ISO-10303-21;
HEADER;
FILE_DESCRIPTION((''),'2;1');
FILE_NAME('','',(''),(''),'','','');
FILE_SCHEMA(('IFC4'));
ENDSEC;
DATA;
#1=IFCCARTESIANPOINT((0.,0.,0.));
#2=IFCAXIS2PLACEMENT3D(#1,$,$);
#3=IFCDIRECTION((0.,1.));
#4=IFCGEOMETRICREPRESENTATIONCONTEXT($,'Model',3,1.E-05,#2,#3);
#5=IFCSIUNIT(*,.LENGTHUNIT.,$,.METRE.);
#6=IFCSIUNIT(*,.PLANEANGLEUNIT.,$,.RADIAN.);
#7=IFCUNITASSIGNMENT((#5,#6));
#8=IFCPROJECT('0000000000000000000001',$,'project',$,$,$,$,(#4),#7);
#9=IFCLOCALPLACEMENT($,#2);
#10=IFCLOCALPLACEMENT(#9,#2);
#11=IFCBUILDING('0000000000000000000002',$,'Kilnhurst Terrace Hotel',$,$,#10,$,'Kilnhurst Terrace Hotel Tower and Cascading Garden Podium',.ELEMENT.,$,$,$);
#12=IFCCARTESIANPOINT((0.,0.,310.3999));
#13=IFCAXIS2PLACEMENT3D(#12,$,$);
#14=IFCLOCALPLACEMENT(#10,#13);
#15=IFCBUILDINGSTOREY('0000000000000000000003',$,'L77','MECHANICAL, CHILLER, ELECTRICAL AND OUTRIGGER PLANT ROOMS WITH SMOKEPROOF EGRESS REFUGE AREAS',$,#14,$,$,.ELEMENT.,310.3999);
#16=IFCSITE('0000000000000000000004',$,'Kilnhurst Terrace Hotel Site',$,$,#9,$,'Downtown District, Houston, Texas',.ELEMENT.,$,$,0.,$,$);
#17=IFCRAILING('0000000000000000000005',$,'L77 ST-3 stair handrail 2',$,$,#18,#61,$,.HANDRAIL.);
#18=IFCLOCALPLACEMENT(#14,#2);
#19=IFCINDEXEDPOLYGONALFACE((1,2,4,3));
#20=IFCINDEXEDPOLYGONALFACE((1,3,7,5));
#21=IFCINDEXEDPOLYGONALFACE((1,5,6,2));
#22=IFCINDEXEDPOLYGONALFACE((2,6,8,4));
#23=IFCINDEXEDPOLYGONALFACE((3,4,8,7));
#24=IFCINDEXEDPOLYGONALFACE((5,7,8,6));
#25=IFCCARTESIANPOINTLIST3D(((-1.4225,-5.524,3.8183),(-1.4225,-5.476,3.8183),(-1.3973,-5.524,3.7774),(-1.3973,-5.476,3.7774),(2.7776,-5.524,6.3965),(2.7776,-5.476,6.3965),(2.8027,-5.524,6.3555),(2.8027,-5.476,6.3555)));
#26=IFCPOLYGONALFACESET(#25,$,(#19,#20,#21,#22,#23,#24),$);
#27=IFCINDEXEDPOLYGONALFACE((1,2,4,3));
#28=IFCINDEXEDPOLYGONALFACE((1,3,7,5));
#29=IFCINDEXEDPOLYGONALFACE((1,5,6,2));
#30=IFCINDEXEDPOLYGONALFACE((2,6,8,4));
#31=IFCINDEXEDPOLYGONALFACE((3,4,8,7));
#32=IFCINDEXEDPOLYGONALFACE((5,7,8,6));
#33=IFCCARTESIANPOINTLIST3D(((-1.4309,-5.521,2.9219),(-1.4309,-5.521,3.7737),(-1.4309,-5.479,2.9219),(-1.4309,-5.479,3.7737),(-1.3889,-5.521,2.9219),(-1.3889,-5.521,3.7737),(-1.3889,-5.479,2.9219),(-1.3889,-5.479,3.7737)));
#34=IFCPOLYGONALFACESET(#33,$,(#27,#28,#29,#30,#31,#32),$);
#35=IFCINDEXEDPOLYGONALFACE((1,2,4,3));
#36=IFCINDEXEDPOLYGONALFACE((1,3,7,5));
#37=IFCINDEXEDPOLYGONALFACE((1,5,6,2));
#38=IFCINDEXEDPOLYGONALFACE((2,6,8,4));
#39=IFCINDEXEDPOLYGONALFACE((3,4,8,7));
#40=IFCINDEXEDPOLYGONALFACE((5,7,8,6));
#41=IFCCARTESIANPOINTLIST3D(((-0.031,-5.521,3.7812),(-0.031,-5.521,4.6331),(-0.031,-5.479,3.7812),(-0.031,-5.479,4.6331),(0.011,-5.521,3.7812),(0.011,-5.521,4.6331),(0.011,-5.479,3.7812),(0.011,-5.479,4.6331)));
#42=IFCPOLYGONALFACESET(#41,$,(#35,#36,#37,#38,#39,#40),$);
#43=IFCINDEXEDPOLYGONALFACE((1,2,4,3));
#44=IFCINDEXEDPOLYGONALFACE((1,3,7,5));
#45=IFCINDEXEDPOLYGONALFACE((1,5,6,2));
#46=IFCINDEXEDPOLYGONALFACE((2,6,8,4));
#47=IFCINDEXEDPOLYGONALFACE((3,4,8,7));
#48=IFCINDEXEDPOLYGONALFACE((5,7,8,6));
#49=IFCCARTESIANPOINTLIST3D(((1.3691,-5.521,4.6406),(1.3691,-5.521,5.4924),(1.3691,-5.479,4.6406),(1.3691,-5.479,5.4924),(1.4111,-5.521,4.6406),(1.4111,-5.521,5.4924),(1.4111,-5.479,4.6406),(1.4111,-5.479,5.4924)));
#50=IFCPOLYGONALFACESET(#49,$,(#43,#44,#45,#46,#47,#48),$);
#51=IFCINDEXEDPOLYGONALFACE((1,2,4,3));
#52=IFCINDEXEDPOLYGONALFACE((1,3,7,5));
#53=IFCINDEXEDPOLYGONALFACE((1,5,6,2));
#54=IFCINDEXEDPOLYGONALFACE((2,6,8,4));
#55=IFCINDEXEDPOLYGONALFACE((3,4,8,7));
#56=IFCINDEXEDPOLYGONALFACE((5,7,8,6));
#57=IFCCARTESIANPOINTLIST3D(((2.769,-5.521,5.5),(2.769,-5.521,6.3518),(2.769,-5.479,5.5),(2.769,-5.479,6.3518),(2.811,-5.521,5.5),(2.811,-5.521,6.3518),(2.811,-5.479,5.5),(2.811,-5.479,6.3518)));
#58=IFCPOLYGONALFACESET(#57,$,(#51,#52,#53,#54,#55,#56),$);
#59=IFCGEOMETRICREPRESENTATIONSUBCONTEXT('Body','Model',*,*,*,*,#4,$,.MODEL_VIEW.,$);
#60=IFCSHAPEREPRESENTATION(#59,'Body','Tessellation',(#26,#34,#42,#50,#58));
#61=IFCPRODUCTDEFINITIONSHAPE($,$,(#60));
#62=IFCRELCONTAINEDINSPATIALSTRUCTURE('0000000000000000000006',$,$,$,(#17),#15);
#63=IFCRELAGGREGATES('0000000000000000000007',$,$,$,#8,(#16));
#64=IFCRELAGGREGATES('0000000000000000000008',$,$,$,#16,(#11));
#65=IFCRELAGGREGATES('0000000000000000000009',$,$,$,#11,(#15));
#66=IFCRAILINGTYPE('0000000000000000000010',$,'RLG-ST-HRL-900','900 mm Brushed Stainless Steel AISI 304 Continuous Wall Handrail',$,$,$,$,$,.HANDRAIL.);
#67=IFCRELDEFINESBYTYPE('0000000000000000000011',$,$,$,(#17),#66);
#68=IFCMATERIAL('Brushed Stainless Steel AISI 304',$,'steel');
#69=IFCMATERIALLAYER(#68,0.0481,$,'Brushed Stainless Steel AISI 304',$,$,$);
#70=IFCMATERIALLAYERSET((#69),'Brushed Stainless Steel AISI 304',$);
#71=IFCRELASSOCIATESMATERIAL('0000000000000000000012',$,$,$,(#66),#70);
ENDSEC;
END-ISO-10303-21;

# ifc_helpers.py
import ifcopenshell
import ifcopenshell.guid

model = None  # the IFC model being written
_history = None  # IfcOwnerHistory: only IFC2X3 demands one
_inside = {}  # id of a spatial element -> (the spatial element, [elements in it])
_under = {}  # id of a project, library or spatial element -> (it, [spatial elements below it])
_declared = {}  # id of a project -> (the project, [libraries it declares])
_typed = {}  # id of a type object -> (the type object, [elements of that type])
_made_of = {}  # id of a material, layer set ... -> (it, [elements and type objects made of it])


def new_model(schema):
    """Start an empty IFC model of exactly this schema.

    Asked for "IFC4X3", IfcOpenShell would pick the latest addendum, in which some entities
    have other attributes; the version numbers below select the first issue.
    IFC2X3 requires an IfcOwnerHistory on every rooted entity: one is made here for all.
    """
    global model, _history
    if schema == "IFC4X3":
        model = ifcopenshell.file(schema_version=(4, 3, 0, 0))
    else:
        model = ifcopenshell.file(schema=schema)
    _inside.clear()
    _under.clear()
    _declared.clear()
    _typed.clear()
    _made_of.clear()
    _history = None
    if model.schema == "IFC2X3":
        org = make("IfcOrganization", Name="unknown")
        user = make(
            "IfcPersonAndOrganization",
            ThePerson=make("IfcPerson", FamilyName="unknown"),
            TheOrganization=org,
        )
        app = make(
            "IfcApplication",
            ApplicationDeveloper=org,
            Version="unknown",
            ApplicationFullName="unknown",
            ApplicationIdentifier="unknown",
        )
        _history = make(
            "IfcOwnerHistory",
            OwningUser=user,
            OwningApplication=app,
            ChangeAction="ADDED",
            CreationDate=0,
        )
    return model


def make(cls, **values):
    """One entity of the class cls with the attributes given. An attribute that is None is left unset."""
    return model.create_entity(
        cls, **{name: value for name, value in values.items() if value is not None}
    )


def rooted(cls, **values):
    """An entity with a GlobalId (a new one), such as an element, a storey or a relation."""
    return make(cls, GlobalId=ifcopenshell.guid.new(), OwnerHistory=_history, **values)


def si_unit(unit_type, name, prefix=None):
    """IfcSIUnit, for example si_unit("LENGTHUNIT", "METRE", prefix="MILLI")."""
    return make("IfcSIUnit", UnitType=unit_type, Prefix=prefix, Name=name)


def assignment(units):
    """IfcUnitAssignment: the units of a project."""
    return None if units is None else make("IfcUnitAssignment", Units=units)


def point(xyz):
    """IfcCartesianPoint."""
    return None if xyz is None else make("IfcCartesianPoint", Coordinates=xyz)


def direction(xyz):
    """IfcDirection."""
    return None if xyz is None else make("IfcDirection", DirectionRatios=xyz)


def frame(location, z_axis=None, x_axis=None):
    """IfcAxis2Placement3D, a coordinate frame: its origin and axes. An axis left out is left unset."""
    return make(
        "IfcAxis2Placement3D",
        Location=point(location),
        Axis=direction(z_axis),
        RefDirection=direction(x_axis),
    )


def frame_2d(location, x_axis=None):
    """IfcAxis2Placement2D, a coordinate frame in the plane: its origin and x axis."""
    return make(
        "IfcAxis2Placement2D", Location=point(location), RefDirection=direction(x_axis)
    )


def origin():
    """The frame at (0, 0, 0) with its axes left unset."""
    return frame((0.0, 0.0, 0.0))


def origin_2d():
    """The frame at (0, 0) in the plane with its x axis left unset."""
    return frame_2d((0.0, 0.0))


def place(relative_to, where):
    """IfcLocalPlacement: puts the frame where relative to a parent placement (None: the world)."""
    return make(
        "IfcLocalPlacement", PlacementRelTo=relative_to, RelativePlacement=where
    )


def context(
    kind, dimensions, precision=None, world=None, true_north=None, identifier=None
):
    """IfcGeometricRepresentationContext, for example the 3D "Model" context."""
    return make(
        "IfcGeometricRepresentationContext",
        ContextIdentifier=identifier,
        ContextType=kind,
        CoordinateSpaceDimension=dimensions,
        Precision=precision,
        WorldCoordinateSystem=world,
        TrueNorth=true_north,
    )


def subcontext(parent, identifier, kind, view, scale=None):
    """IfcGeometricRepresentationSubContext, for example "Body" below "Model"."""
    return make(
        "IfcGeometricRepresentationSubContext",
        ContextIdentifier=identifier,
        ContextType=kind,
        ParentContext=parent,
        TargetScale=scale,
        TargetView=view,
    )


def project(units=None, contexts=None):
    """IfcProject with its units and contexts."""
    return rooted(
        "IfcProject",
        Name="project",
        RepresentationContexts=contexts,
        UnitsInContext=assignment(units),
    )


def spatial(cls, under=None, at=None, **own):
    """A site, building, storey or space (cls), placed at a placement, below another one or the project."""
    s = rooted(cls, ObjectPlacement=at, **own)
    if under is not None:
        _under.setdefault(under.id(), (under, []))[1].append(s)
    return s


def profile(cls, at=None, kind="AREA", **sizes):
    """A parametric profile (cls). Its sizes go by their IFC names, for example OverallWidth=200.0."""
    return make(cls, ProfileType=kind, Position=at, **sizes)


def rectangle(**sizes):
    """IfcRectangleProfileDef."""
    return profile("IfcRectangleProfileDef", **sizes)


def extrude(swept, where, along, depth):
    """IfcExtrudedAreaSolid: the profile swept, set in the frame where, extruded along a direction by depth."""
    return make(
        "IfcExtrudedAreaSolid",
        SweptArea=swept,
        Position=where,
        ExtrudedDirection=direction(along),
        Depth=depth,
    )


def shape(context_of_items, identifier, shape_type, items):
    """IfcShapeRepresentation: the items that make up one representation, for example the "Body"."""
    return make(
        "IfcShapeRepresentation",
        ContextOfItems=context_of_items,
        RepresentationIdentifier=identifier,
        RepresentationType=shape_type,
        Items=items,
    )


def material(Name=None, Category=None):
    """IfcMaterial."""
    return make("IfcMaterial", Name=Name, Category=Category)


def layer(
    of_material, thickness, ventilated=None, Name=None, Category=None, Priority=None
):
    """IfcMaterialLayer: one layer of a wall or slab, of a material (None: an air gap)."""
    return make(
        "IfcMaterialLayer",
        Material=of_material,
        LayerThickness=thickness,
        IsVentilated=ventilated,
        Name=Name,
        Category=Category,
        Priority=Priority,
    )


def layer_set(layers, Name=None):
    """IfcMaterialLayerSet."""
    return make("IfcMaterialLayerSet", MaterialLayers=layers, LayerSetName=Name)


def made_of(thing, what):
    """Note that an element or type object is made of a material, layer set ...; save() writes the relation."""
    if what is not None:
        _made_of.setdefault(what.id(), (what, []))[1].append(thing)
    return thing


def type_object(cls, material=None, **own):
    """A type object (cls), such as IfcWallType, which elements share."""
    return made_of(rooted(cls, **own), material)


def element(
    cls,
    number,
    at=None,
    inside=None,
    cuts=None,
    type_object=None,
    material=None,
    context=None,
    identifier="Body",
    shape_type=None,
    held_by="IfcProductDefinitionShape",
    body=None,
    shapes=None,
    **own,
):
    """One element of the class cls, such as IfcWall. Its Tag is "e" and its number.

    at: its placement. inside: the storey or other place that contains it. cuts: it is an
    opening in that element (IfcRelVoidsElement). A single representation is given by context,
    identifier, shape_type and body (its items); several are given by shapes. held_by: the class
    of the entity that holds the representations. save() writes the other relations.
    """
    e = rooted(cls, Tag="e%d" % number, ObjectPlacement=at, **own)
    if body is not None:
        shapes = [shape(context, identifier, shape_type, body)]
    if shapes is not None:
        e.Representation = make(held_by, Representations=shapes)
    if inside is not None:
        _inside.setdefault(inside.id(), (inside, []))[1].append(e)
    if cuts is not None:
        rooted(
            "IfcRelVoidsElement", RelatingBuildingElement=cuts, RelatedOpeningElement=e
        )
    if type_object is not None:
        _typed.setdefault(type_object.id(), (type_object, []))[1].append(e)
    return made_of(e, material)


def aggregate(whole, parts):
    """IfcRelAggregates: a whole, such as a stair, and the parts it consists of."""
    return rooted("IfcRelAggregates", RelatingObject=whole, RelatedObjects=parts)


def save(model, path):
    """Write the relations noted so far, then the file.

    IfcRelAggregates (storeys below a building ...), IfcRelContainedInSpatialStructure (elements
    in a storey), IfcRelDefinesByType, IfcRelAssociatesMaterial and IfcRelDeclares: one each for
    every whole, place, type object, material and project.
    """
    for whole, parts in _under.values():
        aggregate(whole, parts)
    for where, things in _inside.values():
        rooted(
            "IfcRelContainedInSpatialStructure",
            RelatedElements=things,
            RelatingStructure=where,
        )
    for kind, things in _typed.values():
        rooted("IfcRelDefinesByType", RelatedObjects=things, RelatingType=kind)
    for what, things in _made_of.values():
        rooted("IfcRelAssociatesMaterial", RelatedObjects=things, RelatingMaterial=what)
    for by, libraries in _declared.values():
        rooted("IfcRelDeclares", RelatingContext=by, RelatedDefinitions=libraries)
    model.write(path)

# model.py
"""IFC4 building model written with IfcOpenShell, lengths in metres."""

from ifc_helpers import new_model, si_unit, direction, frame, origin, origin_2d, place, context, subcontext, project, spatial, rectangle, extrude, material, layer, layer_set, type_object, element, save


model = new_model("IFC4")

# Units and contexts
model_context = context("Model", 3, precision=1e-05, world=origin(), true_north=direction((0.0, 1.0)))
body_context = subcontext(model_context, "Body", "Model", "MODEL_VIEW")
ifc_project = project(units=[si_unit("LENGTHUNIT", "METRE"), si_unit("PLANEANGLEUNIT", "RADIAN")], contexts=[model_context])

# Site, building, storey
site_placement = place(None, origin())
site = spatial("IfcSite", under=ifc_project, at=site_placement, Name="Kilnhurst Terrace Hotel Site", LongName="Downtown District, Houston, Texas", CompositionType="ELEMENT", RefElevation=0.0)
building_placement = place(site_placement, origin())
building = spatial("IfcBuilding", under=site, at=building_placement, Name="Kilnhurst Terrace Hotel", LongName="Kilnhurst Terrace Hotel Tower and Cascading Garden Podium", CompositionType="ELEMENT")
storey_placement = place(building_placement, frame((0.0, 0.0, 310.3999)))
storey = spatial("IfcBuildingStorey", under=building, at=storey_placement, Name="L77", Description="MECHANICAL, CHILLER, ELECTRICAL AND OUTRIGGER PLANT ROOMS WITH SMOKEPROOF EGRESS REFUGE AREAS", CompositionType="ELEMENT", Elevation=310.3999)

# Railing
ifc_material_1 = material(Name="Brushed Stainless Steel AISI 304", Category="steel")
ifc_layer_1 = layer(ifc_material_1, 0.0481, Name="Brushed Stainless Steel AISI 304")
ifc_layer_set_1 = layer_set([ifc_layer_1], Name="Brushed Stainless Steel AISI 304")
railing_type_1 = type_object("IfcRailingType", Name="RLG-ST-HRL-900", Description="900 mm Brushed Stainless Steel AISI 304 Continuous Wall Handrail", PredefinedType="HANDRAIL", material=ifc_layer_set_1)
railing_1_placement = place(storey_placement, frame((-1.4099, -5.5, 2.9219)))
element("IfcRailing", 1, at=railing_1_placement, inside=storey, type_object=railing_type_1, Name="L77 ST-3 stair handrail 2", PredefinedType="HANDRAIL", context=body_context, shape_type="SweptSolid", body=[
    extrude(rectangle(XDim=0.0481, YDim=0.0481, at=origin_2d()), frame((0.0, 0.0, 0.876), z_axis=(0.852243, 0.0, 0.523146), x_axis=(0.0, 1.0, 0.0)), (0.0, 0.0, 1.0), 4.9282),
    extrude(rectangle(XDim=0.042, YDim=0.042, at=origin_2d()), origin(), (0.0, 0.0, 1.0), 0.8518),
    extrude(rectangle(XDim=0.042, YDim=0.042, at=origin_2d()), frame((1.3999, 0.0, 0.8594)), (0.0, 0.0, 1.0), 0.8518),
    extrude(rectangle(XDim=0.042, YDim=0.042, at=origin_2d()), frame((2.8, 0.0, 1.7188)), (0.0, 0.0, 1.0), 0.8518),
    extrude(rectangle(XDim=0.042, YDim=0.042, at=origin_2d()), frame((4.2, 0.0, 2.5781)), (0.0, 0.0, 1.0), 0.8518),
])

save(model, "model.ifc")
